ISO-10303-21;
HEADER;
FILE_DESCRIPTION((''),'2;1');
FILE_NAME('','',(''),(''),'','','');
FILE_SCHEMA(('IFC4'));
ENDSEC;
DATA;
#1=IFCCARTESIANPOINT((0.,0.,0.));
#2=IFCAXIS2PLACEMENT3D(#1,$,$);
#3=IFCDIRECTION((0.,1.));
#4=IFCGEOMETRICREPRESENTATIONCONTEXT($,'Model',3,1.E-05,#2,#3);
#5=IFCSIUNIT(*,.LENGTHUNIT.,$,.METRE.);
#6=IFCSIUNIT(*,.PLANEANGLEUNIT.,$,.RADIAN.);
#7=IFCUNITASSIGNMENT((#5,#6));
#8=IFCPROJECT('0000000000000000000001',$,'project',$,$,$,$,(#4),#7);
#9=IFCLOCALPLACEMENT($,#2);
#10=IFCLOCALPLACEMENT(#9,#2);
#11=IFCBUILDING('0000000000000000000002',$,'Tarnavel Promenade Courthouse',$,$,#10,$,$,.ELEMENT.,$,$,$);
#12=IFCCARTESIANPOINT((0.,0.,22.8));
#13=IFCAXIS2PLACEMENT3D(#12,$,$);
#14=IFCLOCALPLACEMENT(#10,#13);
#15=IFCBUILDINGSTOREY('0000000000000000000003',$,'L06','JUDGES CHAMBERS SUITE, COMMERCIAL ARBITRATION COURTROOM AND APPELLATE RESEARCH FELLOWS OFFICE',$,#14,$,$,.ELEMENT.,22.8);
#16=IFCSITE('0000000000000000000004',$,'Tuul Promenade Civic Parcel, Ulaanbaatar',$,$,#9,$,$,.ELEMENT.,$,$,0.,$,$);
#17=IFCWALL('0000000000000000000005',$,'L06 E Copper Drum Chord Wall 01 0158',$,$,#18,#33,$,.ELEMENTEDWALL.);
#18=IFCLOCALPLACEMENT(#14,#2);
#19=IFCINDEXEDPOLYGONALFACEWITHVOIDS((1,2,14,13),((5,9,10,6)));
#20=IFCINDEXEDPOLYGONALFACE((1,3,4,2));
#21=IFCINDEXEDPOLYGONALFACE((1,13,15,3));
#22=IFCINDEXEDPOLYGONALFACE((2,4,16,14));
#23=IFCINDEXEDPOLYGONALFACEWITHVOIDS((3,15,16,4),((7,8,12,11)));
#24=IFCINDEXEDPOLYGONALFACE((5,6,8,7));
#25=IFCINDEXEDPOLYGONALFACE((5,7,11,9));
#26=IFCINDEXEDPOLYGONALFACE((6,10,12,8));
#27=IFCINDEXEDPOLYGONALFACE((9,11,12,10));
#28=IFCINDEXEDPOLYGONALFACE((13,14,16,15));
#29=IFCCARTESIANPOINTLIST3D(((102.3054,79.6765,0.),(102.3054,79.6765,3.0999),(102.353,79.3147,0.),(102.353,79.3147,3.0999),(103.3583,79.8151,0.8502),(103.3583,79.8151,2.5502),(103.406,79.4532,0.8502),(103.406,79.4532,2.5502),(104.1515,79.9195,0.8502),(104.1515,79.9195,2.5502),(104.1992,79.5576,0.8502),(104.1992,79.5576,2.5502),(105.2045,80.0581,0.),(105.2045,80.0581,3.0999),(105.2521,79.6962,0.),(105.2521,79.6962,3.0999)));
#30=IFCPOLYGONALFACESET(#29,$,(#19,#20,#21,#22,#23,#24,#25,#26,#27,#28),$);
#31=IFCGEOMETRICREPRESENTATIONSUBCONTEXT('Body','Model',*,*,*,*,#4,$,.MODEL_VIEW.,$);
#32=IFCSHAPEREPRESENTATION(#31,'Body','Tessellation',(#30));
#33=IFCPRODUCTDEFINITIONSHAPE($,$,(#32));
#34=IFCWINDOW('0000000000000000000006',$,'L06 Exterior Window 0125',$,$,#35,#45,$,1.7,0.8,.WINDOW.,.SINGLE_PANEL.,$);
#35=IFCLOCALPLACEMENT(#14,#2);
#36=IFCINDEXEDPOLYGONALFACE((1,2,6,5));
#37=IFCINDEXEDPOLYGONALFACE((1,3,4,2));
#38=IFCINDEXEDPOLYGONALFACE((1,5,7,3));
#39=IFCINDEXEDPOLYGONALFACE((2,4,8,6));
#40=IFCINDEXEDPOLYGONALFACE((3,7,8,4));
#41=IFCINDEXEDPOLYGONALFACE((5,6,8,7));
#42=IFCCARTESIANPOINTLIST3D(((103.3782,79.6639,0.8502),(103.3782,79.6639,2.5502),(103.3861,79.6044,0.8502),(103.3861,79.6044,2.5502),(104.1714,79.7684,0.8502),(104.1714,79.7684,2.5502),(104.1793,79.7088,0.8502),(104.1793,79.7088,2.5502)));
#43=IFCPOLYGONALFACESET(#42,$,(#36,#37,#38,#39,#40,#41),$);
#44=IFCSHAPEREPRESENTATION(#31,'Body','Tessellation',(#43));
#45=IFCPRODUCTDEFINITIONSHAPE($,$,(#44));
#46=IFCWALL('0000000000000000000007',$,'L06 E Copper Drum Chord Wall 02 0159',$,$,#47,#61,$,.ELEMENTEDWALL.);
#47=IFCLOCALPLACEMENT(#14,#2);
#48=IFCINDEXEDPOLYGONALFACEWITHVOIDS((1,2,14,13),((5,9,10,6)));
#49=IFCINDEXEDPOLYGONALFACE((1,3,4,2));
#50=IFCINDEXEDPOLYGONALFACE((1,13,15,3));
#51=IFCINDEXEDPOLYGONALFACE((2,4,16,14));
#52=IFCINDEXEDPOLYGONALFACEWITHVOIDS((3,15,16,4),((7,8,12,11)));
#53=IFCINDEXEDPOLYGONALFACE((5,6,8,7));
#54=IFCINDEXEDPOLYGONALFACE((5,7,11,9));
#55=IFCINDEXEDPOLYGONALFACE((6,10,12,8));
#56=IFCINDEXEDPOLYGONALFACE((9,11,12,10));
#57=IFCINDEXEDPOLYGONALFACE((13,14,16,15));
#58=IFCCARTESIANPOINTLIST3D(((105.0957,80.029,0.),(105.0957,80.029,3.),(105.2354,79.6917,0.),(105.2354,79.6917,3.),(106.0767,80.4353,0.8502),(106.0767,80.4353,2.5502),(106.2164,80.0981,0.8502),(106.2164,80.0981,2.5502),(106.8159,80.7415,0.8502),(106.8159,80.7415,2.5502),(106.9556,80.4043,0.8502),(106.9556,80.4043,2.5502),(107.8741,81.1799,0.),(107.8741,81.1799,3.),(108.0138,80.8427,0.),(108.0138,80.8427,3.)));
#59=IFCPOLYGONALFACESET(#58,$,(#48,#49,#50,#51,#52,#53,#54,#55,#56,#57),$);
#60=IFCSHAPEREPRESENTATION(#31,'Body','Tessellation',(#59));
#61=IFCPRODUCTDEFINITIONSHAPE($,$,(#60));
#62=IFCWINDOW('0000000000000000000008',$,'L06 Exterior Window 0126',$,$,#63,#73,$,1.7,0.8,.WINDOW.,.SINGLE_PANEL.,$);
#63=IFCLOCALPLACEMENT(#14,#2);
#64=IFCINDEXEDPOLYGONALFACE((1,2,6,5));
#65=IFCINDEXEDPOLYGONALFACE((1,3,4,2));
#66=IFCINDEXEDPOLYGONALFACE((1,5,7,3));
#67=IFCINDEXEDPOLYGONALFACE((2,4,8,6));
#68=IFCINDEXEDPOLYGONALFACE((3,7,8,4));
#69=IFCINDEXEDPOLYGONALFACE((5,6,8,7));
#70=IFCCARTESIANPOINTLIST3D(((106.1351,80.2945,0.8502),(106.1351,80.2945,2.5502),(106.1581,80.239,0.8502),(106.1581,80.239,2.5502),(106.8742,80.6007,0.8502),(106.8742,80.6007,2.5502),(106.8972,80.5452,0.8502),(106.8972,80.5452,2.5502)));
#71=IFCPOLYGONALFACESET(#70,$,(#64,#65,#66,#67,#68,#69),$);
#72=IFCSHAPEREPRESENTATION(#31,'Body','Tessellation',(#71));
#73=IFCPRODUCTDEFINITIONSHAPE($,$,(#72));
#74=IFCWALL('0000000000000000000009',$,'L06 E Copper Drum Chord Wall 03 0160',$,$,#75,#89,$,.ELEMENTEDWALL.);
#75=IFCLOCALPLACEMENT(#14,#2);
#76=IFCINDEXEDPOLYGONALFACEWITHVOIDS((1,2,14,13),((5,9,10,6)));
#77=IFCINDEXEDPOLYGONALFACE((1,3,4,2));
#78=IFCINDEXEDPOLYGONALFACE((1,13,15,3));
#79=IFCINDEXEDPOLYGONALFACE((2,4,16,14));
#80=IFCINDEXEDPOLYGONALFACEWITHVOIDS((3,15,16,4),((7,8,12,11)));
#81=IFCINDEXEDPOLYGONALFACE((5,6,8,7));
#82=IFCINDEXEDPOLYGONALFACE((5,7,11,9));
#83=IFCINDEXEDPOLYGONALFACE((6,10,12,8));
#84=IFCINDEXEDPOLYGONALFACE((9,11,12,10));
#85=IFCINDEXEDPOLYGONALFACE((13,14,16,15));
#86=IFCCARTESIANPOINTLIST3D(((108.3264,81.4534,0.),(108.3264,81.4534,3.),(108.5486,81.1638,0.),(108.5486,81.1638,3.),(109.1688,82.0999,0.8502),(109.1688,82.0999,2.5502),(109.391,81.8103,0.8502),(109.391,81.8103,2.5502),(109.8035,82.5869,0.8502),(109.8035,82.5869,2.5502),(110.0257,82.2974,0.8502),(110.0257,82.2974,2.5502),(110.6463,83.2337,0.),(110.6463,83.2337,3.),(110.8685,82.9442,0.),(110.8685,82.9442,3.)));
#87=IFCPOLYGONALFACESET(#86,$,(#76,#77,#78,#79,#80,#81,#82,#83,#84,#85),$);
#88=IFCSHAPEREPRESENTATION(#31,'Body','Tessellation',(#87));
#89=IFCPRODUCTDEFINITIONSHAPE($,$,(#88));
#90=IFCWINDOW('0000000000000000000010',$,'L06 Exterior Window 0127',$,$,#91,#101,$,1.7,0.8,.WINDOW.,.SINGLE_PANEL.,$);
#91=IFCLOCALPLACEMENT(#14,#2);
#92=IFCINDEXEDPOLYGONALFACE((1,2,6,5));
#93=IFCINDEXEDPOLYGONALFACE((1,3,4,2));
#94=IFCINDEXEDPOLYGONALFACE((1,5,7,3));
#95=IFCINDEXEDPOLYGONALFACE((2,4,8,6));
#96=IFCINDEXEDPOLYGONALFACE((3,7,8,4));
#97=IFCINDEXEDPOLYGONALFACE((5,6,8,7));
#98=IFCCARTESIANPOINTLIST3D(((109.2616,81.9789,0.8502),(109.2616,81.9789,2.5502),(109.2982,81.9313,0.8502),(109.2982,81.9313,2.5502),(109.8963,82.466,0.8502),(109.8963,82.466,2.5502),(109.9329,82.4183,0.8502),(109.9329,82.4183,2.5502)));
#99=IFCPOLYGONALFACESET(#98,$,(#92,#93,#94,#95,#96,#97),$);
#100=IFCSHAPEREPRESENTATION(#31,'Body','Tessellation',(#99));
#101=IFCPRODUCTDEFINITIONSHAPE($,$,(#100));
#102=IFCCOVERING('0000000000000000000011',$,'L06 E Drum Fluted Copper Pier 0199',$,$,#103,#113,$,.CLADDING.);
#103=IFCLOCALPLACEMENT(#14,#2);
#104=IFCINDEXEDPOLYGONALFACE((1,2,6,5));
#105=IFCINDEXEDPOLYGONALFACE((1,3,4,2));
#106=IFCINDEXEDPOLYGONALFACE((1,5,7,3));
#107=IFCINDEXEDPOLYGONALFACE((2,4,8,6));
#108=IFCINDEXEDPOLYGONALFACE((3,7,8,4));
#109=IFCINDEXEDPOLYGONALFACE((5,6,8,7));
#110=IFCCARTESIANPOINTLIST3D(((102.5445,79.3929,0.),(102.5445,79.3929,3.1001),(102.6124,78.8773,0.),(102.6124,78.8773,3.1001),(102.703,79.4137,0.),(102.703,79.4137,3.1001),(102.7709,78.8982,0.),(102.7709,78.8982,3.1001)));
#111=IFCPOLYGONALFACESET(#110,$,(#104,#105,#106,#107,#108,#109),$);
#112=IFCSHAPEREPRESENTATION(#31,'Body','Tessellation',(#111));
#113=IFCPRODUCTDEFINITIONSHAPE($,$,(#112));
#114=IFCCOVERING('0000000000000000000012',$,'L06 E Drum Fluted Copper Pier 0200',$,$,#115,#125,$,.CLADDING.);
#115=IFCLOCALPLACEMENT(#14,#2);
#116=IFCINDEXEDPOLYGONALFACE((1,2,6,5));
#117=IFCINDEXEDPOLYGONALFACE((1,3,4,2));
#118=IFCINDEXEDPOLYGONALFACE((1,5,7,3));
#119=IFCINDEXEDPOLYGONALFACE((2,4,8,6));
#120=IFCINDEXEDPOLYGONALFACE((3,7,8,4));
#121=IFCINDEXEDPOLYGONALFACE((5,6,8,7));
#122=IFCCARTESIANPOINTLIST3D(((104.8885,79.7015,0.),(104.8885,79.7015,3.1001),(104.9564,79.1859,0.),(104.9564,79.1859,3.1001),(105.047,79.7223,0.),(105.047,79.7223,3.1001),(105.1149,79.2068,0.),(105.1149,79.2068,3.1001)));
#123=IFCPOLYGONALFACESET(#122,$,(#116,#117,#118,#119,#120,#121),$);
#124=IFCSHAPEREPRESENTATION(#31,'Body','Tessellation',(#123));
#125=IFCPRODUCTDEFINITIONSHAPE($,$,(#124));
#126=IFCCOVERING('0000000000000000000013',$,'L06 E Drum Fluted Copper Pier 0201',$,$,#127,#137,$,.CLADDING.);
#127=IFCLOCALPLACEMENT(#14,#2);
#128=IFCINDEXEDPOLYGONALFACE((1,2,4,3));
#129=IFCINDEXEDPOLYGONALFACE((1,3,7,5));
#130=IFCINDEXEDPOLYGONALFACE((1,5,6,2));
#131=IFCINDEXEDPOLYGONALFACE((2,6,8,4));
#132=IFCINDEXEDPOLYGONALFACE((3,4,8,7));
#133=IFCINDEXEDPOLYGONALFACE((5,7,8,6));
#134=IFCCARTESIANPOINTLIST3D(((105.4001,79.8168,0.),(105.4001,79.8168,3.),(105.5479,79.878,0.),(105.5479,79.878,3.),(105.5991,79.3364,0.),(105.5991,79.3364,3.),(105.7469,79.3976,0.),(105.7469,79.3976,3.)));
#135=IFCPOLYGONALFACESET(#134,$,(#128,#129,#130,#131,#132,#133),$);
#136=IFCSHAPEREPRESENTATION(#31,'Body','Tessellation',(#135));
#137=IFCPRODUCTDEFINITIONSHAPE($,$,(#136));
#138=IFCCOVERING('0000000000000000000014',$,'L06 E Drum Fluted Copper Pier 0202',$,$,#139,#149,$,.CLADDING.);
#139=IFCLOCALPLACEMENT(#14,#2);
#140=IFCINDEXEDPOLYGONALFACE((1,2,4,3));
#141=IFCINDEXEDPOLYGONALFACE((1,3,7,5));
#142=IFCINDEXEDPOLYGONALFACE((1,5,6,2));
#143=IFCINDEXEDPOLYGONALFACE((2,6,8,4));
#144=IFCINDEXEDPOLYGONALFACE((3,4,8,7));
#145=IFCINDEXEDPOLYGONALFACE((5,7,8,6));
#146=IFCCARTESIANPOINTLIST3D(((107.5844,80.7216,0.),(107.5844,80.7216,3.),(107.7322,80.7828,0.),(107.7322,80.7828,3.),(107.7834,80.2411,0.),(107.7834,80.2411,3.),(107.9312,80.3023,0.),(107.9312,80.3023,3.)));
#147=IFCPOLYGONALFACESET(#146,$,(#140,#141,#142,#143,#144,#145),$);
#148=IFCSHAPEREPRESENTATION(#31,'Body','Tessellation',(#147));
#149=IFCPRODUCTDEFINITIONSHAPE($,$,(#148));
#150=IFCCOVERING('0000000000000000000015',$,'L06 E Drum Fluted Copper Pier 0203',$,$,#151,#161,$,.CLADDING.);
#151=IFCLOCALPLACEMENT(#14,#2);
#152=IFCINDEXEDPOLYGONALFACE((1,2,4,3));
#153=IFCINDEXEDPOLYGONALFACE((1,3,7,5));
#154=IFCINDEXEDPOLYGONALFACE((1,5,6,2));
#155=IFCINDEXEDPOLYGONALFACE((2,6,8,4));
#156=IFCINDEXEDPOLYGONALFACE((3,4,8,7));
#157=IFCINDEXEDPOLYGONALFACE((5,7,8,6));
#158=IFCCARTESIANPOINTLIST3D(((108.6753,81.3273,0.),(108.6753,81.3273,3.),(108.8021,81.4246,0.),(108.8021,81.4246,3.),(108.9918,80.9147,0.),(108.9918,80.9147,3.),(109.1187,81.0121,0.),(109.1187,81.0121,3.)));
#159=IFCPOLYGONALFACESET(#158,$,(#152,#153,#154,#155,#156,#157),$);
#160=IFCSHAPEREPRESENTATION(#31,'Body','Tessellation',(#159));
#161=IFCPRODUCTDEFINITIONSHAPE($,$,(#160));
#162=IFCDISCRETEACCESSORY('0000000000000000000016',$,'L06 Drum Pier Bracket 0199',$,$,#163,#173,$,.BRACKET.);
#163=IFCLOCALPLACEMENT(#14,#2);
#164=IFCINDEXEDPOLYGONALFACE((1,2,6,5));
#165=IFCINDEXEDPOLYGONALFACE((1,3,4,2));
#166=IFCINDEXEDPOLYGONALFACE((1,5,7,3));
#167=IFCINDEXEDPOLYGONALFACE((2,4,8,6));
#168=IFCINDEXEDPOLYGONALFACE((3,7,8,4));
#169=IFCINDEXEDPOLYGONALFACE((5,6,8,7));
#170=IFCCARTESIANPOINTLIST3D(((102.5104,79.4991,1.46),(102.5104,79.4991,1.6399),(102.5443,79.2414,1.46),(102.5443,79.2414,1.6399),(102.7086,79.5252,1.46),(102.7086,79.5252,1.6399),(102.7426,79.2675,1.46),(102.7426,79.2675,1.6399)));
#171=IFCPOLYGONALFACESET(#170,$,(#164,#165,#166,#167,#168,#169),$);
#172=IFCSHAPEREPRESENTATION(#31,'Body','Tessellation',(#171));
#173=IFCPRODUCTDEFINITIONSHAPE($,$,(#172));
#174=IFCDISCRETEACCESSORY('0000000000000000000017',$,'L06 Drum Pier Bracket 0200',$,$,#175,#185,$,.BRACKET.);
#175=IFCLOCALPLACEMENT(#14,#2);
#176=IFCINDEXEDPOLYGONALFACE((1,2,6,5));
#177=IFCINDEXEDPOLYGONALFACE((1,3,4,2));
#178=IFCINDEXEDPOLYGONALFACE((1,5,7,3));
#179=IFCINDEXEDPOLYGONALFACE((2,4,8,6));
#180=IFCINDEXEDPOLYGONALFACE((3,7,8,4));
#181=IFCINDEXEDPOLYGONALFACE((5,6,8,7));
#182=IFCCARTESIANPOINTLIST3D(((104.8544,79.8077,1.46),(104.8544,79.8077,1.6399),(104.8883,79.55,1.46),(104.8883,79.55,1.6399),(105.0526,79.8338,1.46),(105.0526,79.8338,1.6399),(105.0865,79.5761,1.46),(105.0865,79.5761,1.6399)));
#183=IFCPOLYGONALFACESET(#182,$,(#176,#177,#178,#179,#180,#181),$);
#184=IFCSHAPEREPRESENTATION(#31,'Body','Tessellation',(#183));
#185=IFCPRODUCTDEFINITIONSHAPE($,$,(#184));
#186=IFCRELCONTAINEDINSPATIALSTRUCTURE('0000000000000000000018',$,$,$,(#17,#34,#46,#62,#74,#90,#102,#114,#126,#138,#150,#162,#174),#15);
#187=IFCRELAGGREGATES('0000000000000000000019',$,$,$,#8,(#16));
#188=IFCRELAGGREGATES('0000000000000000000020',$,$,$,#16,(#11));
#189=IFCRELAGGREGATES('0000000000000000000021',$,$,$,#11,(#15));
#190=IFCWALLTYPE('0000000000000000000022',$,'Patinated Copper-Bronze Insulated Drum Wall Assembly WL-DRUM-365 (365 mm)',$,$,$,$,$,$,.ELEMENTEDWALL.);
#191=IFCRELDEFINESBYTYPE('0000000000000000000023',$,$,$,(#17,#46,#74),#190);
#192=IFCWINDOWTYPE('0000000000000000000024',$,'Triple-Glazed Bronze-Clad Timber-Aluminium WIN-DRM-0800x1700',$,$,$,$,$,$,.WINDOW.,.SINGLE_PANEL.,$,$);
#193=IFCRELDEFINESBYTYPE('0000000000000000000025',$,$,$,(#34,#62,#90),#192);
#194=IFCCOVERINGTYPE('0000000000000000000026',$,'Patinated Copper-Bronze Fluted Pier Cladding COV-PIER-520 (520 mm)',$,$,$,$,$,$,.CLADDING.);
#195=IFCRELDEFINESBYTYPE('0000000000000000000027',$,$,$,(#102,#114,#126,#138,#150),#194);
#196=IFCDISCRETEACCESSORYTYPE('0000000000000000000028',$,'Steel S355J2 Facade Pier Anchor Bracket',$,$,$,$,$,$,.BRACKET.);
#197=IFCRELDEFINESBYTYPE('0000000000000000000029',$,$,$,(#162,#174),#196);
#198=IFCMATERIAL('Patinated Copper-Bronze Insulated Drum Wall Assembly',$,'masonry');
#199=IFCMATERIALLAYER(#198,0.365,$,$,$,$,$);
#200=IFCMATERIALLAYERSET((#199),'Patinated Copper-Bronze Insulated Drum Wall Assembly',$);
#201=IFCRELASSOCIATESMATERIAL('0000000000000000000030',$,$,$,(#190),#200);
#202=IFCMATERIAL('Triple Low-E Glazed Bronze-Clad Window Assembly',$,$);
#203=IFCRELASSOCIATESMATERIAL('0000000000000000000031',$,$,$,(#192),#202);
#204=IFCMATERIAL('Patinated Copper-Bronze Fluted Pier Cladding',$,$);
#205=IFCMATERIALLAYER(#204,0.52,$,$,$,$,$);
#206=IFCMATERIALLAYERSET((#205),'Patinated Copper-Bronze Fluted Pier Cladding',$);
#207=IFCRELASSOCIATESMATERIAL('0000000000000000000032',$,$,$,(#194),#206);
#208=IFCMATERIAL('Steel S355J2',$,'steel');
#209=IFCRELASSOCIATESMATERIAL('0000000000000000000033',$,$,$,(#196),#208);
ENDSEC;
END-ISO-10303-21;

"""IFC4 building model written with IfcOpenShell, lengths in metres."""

from ifc_helpers import new_model, si_unit, direction, frame, frame_2d, origin, origin_2d, place, context, subcontext, project, spatial, rectangle, extrude, material, layer, layer_set, type_object, element, fill, save


model = new_model("IFC4")

# Units and contexts
model_context = context("Model", 3, precision=1e-05, world=origin(), true_north=direction((0.0, 1.0)))
body_context = subcontext(model_context, "Body", "Model", "MODEL_VIEW")
ifc_project = project(units=[si_unit("LENGTHUNIT", "METRE"), si_unit("PLANEANGLEUNIT", "RADIAN")], contexts=[model_context])

# Site, building, storey
site_placement = place(None, origin())
site = spatial("IfcSite", under=ifc_project, at=site_placement, Name="Tuul Promenade Civic Parcel, Ulaanbaatar", CompositionType="ELEMENT", RefElevation=0.0)
building_placement = place(site_placement, origin())
building = spatial("IfcBuilding", under=site, at=building_placement, Name="Tarnavel Promenade Courthouse", CompositionType="ELEMENT")
storey_placement = place(building_placement, frame((0.0, 0.0, 22.8)))
storey = spatial("IfcBuildingStorey", under=building, at=storey_placement, Name="L06", Description="JUDGES CHAMBERS SUITE, COMMERCIAL ARBITRATION COURTROOM AND APPELLATE RESEARCH FELLOWS OFFICE", CompositionType="ELEMENT", Elevation=22.8)

# Shared definitions
ifc_material_1 = material(Name="Steel S355J2", Category="steel")

# Walls, openings, windows
ifc_material_2 = material(Name="Patinated Copper-Bronze Insulated Drum Wall Assembly", Category="masonry")
ifc_layer_1 = layer(ifc_material_2, 0.365)
ifc_layer_set_1 = layer_set([ifc_layer_1], Name="Patinated Copper-Bronze Insulated Drum Wall Assembly")
wall_type_1 = type_object("IfcWallType", Name="Patinated Copper-Bronze Insulated Drum Wall Assembly WL-DRUM-365 (365 mm)", PredefinedType="ELEMENTEDWALL", material=ifc_layer_set_1)
wall_1_placement = place(storey_placement, frame((102.3293, 79.4956, 0.0), z_axis=(0.0, 0.0, 1.0), x_axis=(0.991449, 0.130496, 0.0)))
wall_1 = element("IfcWall", 1, at=wall_1_placement, inside=storey, type_object=wall_type_1, Name="L06 E Copper Drum Chord Wall 01 0158", PredefinedType="ELEMENTEDWALL", context=body_context, shape_type="SweptSolid", body=[
    extrude(rectangle(XDim=2.9241, YDim=0.365, at=frame_2d((1.4619, 0.0))), origin(), (0.0, 0.0, 1.0), 3.0999),
])
opening_1_placement = place(wall_1_placement, frame((1.062, 0.0, 0.8501)))
opening_1 = element("IfcOpeningElement", 2, at=opening_1_placement, cuts=wall_1, PredefinedType="OPENING", context=body_context, shape_type="SweptSolid", body=[
    extrude(rectangle(XDim=0.8, YDim=1.7, at=frame_2d((0.3999, 0.8501))), frame((0.0, 0.1924, 0.0), z_axis=(0.0, -1.0, 0.0), x_axis=(1.0, 0.0, 0.0)), (0.0, 0.0, 1.0), 0.385),
])
ifc_material_3 = material(Name="Triple Low-E Glazed Bronze-Clad Window Assembly")
window_type = type_object("IfcWindowType", Name="Triple-Glazed Bronze-Clad Timber-Aluminium WIN-DRM-0800x1700", PartitioningType="SINGLE_PANEL", PredefinedType="WINDOW", material=ifc_material_3)
window_1_placement = place(opening_1_placement, origin())
window_1 = element("IfcWindow", 3, at=window_1_placement, inside=storey, type_object=window_type, Name="L06 Exterior Window 0125", OverallHeight=1.7, OverallWidth=0.8, PartitioningType="SINGLE_PANEL", PredefinedType="WINDOW", context=body_context, shape_type="SweptSolid", body=[
    extrude(rectangle(XDim=0.8, YDim=1.7, at=frame_2d((0.3999, 0.8501))), frame((0.0, 0.03, 0.0), z_axis=(0.0, -1.0, 0.0), x_axis=(1.0, 0.0, 0.0)), (0.0, 0.0, 1.0), 0.0601),
])
fill(opening_1, window_1)
wall_2_placement = place(storey_placement, frame((105.1655, 79.8604, 0.0), z_axis=(0.0, 0.0, 1.0), x_axis=(0.923872, 0.382701, 0.0)))
wall_2 = element("IfcWall", 4, at=wall_2_placement, inside=storey, type_object=wall_type_1, Name="L06 E Copper Drum Chord Wall 02 0159", PredefinedType="ELEMENTEDWALL", context=body_context, shape_type="SweptSolid", body=[
    extrude(rectangle(XDim=3.0073, YDim=0.365, at=frame_2d((1.5037, 0.0))), origin(), (0.0, 0.0, 1.0), 3.0),
])
opening_2_placement = place(wall_2_placement, frame((1.062, 0.0, 0.8501)))
opening_2 = element("IfcOpeningElement", 5, at=opening_2_placement, cuts=wall_2, PredefinedType="OPENING", context=body_context, shape_type="SweptSolid", body=[
    extrude(rectangle(XDim=0.8, YDim=1.7, at=frame_2d((0.3999, 0.8501))), frame((0.0, 0.1924, 0.0), z_axis=(0.0, -1.0, 0.0), x_axis=(1.0, 0.0, 0.0)), (0.0, 0.0, 1.0), 0.385),
])
window_2_placement = place(opening_2_placement, origin())
window_2 = element("IfcWindow", 6, at=window_2_placement, inside=storey, type_object=window_type, Name="L06 Exterior Window 0126", OverallHeight=1.7, OverallWidth=0.8, PartitioningType="SINGLE_PANEL", PredefinedType="WINDOW", context=body_context, shape_type="SweptSolid", body=[
    extrude(rectangle(XDim=0.8, YDim=1.7, at=frame_2d((0.3999, 0.8501))), frame((0.0, 0.03, 0.0), z_axis=(0.0, -1.0, 0.0), x_axis=(1.0, 0.0, 0.0)), (0.0, 0.0, 1.0), 0.0601),
])
fill(opening_2, window_2)
wall_3_placement = place(storey_placement, frame((108.4375, 81.3086, 0.0), z_axis=(0.0, 0.0, 1.0), x_axis=(0.793319, 0.608807, 0.0)))
wall_3 = element("IfcWall", 7, at=wall_3_placement, inside=storey, type_object=wall_type_1, Name="L06 E Copper Drum Chord Wall 03 0160", PredefinedType="ELEMENTEDWALL", context=body_context, shape_type="SweptSolid", body=[
    extrude(rectangle(XDim=2.9243, YDim=0.365, at=frame_2d((1.4622, 0.0))), origin(), (0.0, 0.0, 1.0), 3.0),
])
opening_3_placement = place(wall_3_placement, frame((1.062, 0.0, 0.8501)))
opening_3 = element("IfcOpeningElement", 8, at=opening_3_placement, cuts=wall_3, PredefinedType="OPENING", context=body_context, shape_type="SweptSolid", body=[
    extrude(rectangle(XDim=0.8, YDim=1.7, at=frame_2d((0.3999, 0.8501))), frame((0.0, 0.1924, 0.0), z_axis=(0.0, -1.0, 0.0), x_axis=(1.0, 0.0, 0.0)), (0.0, 0.0, 1.0), 0.385),
])
window_3_placement = place(opening_3_placement, origin())
window_3 = element("IfcWindow", 9, at=window_3_placement, inside=storey, type_object=window_type, Name="L06 Exterior Window 0127", OverallHeight=1.7, OverallWidth=0.8, PartitioningType="SINGLE_PANEL", PredefinedType="WINDOW", context=body_context, shape_type="SweptSolid", body=[
    extrude(rectangle(XDim=0.8, YDim=1.7, at=frame_2d((0.3999, 0.8501))), frame((0.0, 0.03, 0.0), z_axis=(0.0, -1.0, 0.0), x_axis=(1.0, 0.0, 0.0)), (0.0, 0.0, 1.0), 0.0601),
])
fill(opening_3, window_3)

# Coverings
ifc_material_4 = material(Name="Patinated Copper-Bronze Fluted Pier Cladding")
ifc_layer_2 = layer(ifc_material_4, 0.52)
ifc_layer_set_2 = layer_set([ifc_layer_2], Name="Patinated Copper-Bronze Fluted Pier Cladding")
covering_type = type_object("IfcCoveringType", Name="Patinated Copper-Bronze Fluted Pier Cladding COV-PIER-520 (520 mm)", PredefinedType="CLADDING", material=ifc_layer_set_2)
for number, where, z_axis, x_axis, name in (
    (10, (102.6577, 79.1455, 0.0), (0.0, 0.0, 1.0), (0.991445, 0.130526, 0.0), "L06 E Drum Fluted Copper Pier 0199"),
    (11, (105.0017, 79.4541, 0.0), (0.0, 0.0, 1.0), (0.991445, 0.130526, 0.0), "L06 E Drum Fluted Copper Pier 0200"),
):
    element("IfcCovering", number, at=place(storey_placement, frame(where, z_axis=z_axis, x_axis=x_axis)), inside=storey, type_object=covering_type, Name=name, PredefinedType="CLADDING", context=body_context, shape_type="SweptSolid", body=[
        extrude(rectangle(XDim=0.1599, YDim=0.52, at=origin_2d()), origin(), (0.0, 0.0, 1.0), 3.1001),
    ])
for number, where, z_axis, x_axis, name in (
    (12, (105.5735, 79.6072, 0.0), (0.0, 0.0, 1.0), (0.92388, 0.382683, 0.0), "L06 E Drum Fluted Copper Pier 0201"),
    (13, (107.7578, 80.512, 0.0), (0.0, 0.0, 1.0), (0.92388, 0.382683, 0.0), "L06 E Drum Fluted Copper Pier 0202"),
    (14, (108.897, 81.1697, 0.0), (0.0, 0.0, 1.0), (0.793353, 0.608761, 0.0), "L06 E Drum Fluted Copper Pier 0203"),
):
    element("IfcCovering", number, at=place(storey_placement, frame(where, z_axis=z_axis, x_axis=x_axis)), inside=storey, type_object=covering_type, Name=name, PredefinedType="CLADDING", context=body_context, shape_type="SweptSolid", body=[
        extrude(rectangle(XDim=0.1599, YDim=0.52, at=origin_2d()), origin(), (0.0, 0.0, 1.0), 3.0),
    ])

# Discrete accessories
discrete_accessory_type_1 = type_object("IfcDiscreteAccessoryType", Name="Steel S355J2 Facade Pier Anchor Bracket", PredefinedType="BRACKET", material=ifc_material_1)
for number, where, z_axis, x_axis, name in (
    (15, (102.6265, 79.3833, 1.46), (0.0, 0.0, 1.0), (0.991445, 0.130526, 0.0), "L06 Drum Pier Bracket 0199"),
    (16, (104.9705, 79.6919, 1.46), (0.0, 0.0, 1.0), (0.991445, 0.130526, 0.0), "L06 Drum Pier Bracket 0200"),
):
    element("IfcDiscreteAccessory", number, at=place(storey_placement, frame(where, z_axis=z_axis, x_axis=x_axis)), inside=storey, type_object=discrete_accessory_type_1, Name=name, PredefinedType="BRACKET", context=body_context, shape_type="SweptSolid", body=[
        extrude(rectangle(XDim=0.2, YDim=0.26, at=origin_2d()), origin(), (0.0, 0.0, 1.0), 0.1799),
    ])

save(model, "model.ifc")
